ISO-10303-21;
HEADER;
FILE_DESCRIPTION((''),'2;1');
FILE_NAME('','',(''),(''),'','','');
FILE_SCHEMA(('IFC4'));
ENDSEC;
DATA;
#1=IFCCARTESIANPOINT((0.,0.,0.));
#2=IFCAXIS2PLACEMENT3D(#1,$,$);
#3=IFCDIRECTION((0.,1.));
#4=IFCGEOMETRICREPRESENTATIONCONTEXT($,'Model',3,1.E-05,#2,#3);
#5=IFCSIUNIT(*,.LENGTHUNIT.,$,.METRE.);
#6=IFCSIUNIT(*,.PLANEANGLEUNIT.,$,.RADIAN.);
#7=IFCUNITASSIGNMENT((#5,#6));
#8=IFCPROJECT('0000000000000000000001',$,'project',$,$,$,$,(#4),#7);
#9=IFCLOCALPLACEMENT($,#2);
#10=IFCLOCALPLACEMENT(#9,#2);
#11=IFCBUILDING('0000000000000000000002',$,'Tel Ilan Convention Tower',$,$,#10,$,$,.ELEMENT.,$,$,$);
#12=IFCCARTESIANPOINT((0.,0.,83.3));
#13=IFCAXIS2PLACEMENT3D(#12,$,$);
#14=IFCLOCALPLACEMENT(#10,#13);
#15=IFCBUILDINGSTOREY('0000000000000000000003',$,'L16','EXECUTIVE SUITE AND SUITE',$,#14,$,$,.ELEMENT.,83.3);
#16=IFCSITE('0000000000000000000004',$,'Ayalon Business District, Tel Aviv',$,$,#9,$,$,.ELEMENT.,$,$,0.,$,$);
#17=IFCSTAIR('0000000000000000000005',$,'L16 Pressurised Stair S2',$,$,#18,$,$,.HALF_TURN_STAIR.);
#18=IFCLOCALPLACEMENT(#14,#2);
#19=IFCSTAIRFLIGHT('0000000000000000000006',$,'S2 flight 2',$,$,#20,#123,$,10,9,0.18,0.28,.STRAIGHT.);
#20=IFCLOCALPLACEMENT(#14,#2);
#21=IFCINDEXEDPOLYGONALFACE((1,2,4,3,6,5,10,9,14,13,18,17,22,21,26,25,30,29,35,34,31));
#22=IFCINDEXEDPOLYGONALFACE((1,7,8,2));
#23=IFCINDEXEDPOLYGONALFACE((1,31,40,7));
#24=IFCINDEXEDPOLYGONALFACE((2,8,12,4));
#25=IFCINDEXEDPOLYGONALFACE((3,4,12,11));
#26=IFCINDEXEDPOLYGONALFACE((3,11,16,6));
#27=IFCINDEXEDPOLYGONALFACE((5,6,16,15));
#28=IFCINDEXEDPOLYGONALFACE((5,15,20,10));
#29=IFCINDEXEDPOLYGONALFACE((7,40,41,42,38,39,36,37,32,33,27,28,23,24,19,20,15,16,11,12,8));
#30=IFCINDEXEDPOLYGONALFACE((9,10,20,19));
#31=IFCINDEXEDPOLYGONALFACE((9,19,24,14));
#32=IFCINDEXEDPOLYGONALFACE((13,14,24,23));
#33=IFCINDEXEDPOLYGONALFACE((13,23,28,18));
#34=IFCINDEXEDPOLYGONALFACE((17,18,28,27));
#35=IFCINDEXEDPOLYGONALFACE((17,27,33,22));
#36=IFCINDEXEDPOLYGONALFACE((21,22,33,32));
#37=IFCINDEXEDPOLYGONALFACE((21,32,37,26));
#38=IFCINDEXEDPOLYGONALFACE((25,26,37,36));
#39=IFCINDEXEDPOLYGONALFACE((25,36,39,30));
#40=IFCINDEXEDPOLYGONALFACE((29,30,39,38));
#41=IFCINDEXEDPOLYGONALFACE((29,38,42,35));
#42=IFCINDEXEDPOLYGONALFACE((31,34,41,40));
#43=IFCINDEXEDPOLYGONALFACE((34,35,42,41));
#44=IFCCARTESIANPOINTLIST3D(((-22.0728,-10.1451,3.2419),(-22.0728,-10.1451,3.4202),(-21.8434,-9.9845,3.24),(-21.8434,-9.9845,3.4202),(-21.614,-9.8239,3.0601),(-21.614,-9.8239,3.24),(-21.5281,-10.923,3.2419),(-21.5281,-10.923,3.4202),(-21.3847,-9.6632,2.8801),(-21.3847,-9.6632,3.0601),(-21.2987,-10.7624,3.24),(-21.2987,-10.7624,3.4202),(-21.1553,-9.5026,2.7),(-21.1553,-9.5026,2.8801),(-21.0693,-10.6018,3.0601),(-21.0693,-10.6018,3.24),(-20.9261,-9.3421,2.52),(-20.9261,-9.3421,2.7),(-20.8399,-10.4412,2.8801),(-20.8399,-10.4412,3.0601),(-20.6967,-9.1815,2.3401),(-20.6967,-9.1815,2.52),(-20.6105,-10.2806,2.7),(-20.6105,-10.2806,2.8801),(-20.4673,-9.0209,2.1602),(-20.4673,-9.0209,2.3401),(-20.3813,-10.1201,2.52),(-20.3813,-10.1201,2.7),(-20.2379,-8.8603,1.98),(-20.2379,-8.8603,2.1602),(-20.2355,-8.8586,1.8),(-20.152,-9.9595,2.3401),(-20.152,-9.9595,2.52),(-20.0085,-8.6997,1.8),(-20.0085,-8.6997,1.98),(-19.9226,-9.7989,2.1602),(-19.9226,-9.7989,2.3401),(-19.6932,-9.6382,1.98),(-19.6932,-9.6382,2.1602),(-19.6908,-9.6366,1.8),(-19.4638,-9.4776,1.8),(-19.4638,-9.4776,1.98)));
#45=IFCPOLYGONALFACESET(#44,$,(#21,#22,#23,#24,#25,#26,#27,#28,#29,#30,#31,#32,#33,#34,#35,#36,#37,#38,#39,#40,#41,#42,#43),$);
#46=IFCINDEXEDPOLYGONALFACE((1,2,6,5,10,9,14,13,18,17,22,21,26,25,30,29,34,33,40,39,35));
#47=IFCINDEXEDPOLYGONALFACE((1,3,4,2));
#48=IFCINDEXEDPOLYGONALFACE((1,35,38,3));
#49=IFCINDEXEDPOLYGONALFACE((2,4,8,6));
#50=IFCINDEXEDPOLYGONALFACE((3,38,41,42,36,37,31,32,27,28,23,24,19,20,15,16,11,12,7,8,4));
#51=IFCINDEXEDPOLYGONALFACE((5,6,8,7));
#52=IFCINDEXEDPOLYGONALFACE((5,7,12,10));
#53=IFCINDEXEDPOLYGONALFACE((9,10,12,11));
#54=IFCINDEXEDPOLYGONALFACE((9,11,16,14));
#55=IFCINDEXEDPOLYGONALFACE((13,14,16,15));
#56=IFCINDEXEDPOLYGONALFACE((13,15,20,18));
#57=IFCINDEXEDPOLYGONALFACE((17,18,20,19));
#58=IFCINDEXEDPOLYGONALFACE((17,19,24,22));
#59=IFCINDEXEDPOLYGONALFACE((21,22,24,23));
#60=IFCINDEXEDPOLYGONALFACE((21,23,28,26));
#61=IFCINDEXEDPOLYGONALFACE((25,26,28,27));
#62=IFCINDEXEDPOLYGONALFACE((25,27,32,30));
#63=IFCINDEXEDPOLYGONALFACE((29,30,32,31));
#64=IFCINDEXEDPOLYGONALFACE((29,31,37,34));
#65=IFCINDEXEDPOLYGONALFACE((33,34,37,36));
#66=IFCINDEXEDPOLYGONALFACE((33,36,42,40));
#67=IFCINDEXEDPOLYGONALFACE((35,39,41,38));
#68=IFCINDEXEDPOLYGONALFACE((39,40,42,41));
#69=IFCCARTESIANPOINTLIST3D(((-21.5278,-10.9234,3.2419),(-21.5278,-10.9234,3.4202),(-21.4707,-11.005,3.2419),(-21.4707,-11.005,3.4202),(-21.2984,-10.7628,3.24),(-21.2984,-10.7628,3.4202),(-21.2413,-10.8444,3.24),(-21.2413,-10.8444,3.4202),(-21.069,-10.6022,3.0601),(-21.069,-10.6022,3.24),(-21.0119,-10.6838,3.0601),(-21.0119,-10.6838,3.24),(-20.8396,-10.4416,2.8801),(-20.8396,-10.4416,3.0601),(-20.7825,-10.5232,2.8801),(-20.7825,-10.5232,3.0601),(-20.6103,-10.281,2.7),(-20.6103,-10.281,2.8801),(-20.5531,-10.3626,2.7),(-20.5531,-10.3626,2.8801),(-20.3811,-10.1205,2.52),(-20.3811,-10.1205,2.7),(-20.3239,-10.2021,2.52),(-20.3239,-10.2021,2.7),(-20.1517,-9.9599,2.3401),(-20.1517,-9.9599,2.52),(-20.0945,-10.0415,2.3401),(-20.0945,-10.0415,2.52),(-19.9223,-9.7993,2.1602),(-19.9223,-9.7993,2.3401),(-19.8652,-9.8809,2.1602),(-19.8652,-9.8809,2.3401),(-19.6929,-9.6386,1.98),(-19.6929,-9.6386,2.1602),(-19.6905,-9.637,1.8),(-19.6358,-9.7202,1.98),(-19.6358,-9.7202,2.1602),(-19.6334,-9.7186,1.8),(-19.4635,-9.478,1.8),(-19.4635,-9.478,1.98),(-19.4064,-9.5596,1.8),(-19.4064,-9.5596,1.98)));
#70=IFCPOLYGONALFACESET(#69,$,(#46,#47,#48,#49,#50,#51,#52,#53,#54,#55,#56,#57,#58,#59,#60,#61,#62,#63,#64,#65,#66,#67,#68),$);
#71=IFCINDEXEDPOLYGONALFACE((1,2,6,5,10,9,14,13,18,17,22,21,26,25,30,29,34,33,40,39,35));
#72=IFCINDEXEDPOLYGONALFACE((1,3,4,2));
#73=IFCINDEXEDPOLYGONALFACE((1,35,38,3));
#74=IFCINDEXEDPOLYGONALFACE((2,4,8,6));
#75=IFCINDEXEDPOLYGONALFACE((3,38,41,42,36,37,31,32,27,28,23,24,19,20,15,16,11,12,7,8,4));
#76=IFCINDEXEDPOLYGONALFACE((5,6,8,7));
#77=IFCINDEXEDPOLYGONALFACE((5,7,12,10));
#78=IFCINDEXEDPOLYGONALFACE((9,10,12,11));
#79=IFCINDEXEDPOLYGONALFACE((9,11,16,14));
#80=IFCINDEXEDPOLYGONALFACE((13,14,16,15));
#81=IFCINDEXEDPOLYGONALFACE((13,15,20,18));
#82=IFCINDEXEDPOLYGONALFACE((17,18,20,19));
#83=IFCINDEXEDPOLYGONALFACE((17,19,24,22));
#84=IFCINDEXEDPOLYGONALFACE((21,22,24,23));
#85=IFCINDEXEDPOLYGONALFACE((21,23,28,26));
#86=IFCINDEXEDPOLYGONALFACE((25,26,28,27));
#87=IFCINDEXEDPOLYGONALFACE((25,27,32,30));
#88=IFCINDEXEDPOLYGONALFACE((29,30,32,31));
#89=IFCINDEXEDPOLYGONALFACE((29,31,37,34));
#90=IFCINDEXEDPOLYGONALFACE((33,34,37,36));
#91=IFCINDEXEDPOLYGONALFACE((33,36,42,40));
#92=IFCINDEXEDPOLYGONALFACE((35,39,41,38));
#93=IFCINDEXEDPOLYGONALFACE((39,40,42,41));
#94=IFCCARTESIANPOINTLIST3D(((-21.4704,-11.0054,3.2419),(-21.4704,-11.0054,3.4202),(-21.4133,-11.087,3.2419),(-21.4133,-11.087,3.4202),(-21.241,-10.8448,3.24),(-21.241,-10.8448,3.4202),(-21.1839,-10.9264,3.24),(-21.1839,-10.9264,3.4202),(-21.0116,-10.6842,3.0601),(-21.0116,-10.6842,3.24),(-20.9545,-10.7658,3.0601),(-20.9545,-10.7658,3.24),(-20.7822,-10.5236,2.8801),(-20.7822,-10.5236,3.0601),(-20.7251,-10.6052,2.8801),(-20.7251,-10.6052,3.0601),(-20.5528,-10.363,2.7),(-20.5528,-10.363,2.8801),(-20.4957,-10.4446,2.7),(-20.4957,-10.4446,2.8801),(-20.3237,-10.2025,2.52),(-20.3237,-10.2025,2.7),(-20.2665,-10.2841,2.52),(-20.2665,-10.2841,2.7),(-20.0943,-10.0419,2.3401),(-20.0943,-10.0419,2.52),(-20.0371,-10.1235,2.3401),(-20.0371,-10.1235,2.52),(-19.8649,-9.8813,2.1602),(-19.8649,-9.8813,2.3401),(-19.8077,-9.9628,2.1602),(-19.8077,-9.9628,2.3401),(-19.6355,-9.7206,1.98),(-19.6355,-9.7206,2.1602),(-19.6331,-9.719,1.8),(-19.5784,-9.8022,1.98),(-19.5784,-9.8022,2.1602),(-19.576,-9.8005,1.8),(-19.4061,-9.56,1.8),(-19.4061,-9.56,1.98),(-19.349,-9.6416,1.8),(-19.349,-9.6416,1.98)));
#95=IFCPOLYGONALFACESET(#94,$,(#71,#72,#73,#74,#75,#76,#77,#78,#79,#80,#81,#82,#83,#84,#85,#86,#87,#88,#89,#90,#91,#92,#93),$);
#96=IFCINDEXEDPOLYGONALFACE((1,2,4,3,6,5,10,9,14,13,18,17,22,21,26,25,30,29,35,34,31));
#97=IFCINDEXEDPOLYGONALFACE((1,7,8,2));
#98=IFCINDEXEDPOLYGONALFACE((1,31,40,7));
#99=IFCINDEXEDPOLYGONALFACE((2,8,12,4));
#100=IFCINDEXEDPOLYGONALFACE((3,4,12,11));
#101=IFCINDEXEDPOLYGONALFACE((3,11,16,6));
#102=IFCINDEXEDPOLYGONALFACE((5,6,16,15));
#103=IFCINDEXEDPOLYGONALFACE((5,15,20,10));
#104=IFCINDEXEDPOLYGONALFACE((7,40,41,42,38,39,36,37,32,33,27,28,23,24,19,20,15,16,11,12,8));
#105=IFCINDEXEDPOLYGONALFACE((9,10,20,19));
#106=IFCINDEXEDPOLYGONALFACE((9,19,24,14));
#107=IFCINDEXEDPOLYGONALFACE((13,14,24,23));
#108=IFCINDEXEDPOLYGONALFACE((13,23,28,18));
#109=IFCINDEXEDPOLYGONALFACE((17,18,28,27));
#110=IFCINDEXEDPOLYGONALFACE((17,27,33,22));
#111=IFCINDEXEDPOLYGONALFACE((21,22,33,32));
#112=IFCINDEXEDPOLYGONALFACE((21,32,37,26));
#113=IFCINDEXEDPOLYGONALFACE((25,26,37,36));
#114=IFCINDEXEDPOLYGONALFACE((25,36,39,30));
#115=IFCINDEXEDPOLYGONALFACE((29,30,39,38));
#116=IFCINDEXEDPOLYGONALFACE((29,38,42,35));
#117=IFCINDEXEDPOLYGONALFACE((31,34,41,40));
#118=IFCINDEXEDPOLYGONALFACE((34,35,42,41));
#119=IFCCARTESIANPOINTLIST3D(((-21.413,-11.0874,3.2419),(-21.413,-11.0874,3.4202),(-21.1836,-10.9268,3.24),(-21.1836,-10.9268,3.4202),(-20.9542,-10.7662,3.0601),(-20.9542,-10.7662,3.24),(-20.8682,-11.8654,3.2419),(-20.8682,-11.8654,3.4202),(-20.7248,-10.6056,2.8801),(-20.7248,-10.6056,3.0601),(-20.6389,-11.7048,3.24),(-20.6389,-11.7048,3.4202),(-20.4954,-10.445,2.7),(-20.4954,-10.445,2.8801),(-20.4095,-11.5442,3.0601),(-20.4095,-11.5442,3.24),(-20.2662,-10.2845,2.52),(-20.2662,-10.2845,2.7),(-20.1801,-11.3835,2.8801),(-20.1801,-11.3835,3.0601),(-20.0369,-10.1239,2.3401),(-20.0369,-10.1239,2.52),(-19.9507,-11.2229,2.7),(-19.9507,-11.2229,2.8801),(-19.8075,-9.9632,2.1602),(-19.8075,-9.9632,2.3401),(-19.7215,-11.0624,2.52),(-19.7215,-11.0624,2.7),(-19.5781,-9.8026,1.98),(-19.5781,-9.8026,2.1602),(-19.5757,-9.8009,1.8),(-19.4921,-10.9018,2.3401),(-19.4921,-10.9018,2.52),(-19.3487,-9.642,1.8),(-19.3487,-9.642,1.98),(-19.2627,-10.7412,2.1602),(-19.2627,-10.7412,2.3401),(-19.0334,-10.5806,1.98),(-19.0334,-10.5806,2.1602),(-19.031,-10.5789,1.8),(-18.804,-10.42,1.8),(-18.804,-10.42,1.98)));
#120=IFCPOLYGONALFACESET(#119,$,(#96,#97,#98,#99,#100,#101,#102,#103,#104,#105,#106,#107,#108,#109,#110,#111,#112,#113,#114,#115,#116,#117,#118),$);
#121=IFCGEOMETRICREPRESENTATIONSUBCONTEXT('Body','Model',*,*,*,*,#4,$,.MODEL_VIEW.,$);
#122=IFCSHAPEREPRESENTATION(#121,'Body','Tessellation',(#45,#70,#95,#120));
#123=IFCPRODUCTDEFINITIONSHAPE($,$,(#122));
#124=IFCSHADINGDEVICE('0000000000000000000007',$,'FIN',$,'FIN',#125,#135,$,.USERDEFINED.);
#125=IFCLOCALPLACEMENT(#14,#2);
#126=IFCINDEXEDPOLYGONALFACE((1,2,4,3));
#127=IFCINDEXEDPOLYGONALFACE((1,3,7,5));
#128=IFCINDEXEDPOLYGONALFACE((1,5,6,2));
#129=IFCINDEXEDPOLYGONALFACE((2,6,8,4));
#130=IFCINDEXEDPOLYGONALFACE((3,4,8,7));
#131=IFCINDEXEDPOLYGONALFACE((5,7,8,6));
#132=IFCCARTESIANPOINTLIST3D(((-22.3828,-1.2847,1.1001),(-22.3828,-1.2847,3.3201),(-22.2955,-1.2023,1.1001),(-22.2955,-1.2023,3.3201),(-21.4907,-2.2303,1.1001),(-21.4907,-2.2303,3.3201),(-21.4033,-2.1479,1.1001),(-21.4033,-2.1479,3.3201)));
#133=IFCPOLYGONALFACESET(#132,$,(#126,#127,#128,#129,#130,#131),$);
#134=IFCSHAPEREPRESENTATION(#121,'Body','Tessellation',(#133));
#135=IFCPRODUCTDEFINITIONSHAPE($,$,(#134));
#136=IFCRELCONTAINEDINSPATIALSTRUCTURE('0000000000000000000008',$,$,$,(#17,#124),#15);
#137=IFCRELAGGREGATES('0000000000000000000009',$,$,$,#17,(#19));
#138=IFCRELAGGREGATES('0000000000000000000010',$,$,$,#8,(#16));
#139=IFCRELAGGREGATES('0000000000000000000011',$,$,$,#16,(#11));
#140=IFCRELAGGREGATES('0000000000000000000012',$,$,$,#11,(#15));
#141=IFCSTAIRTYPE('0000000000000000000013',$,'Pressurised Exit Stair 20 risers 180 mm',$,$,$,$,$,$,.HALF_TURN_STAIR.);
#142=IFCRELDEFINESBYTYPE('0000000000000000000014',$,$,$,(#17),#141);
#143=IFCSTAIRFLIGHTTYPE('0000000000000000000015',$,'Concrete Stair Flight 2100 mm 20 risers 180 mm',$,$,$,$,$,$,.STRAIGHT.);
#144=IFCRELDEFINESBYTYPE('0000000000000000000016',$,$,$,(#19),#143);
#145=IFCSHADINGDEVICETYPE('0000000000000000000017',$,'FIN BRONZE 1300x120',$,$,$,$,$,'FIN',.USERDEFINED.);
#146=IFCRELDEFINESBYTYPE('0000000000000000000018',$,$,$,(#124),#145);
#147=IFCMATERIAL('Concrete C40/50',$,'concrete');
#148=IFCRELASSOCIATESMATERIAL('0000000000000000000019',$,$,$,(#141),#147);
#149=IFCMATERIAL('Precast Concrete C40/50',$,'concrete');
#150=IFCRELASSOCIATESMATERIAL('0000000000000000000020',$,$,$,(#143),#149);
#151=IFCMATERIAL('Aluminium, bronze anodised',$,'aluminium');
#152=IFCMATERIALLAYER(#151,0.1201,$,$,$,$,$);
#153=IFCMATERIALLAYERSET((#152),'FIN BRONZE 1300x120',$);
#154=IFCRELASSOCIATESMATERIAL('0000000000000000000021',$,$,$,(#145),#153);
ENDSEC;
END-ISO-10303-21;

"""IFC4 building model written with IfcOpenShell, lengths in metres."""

from ifc_helpers import new_model, si_unit, direction, frame, origin, origin_2d, place, context, subcontext, project, spatial, polyline, rectangle, outline, extrude, material, layer, layer_set, type_object, element, aggregate, save


model = new_model("IFC4")

# Units and contexts
model_context = context("Model", 3, precision=1e-05, world=origin(), true_north=direction((0.0, 1.0)))
body_context = subcontext(model_context, "Body", "Model", "MODEL_VIEW")
ifc_project = project(units=[si_unit("LENGTHUNIT", "METRE"), si_unit("PLANEANGLEUNIT", "RADIAN")], contexts=[model_context])

# Site, building, storey
site_placement = place(None, origin())
site = spatial("IfcSite", under=ifc_project, at=site_placement, Name="Ayalon Business District, Tel Aviv", CompositionType="ELEMENT", RefElevation=0.0)
building_placement = place(site_placement, origin())
building = spatial("IfcBuilding", under=site, at=building_placement, Name="Tel Ilan Convention Tower", CompositionType="ELEMENT")
storey_placement = place(building_placement, frame((0.0, 0.0, 83.3)))
storey = spatial("IfcBuildingStorey", under=building, at=storey_placement, Name="L16", Description="EXECUTIVE SUITE AND SUITE", CompositionType="ELEMENT", Elevation=83.3)

# Stair, stair flight
ifc_material_1 = material(Name="Concrete C40/50", Category="concrete")
stair_type = type_object("IfcStairType", Name="Pressurised Exit Stair 20 risers 180 mm", PredefinedType="HALF_TURN_STAIR", material=ifc_material_1)
ifc_material_2 = material(Name="Precast Concrete C40/50", Category="concrete")
stair_flight_type = type_object("IfcStairFlightType", Name="Concrete Stair Flight 2100 mm 20 risers 180 mm", PredefinedType="STRAIGHT", material=ifc_material_2)
stair_1_placement = place(storey_placement, origin())
stair_1 = element("IfcStair", 1, at=stair_1_placement, inside=storey, type_object=stair_type, Name="L16 Pressurised Stair S2", PredefinedType="HALF_TURN_STAIR")
stair_flight_1_placement = place(storey_placement, frame((-19.4062, -9.5598, 1.8), z_axis=(0.0, 0.0, 1.0), x_axis=(-0.819152, -0.573576, 0.0)))
stair_flight_1 = element("IfcStairFlight", 2, at=stair_flight_1_placement, type_object=stair_flight_type, Name="S2 flight 2", NumberOfRisers=10, NumberOfTreads=9, PredefinedType="STRAIGHT", RiserHeight=0.18, TreadLength=0.28, context=body_context, shape_type="SweptSolid", body=[
    extrude(outline(polyline([(0.0, 0.0), (0.0, 0.1799), (0.28, 0.1799), (0.28, 0.3601), (0.5601, 0.3601), (0.5601, 0.54), (0.8401, 0.54), (0.8401, 0.72), (1.1201, 0.72), (1.1201, 0.8999), (1.3999, 0.8999), (1.3999, 1.0801), (1.6799, 1.0801), (1.6799, 1.26), (1.96, 1.26), (1.96, 1.4399), (2.24, 1.4399), (2.24, 1.6201), (2.52, 1.6201), (2.52, 1.8), (2.52, 1.4419), (0.2771, 0.0), (0.0, 0.0)])), frame((0.0, -0.1003, 0.0), z_axis=(0.0, -1.0, 0.0), x_axis=(1.0, 0.0, 0.0)), (0.0, 0.0, 1.0), 0.9497),
    extrude(outline(polyline([(0.0, 0.0), (0.0, 0.1799), (0.28, 0.1799), (0.28, 0.3601), (0.5601, 0.3601), (0.5601, 0.54), (0.8401, 0.54), (0.8401, 0.72), (1.1201, 0.72), (1.1201, 0.8999), (1.3999, 0.8999), (1.3999, 1.0801), (1.6799, 1.0801), (1.6799, 1.26), (1.96, 1.26), (1.96, 1.4399), (2.24, 1.4399), (2.24, 1.6201), (2.52, 1.6201), (2.52, 1.8), (2.52, 1.4419), (0.2771, 0.0), (0.0, 0.0)])), frame((0.0, -0.0002, 0.0), z_axis=(0.0, -1.0, 0.0), x_axis=(1.0, 0.0, 0.0)), (0.0, 0.0, 1.0), 0.0996),
    extrude(outline(polyline([(0.0, 0.0), (0.0, 0.1799), (0.28, 0.1799), (0.28, 0.3601), (0.5601, 0.3601), (0.5601, 0.54), (0.8401, 0.54), (0.8401, 0.72), (1.1201, 0.72), (1.1201, 0.8999), (1.3999, 0.8999), (1.3999, 1.0801), (1.6799, 1.0801), (1.6799, 1.26), (1.96, 1.26), (1.96, 1.4399), (2.24, 1.4399), (2.24, 1.6201), (2.52, 1.6201), (2.52, 1.8), (2.52, 1.4419), (0.2771, 0.0), (0.0, 0.0)])), frame((0.0, 0.0999, 0.0), z_axis=(0.0, -1.0, 0.0), x_axis=(1.0, 0.0, 0.0)), (0.0, 0.0, 1.0), 0.0996),
    extrude(outline(polyline([(0.0, 0.0), (0.0, 0.1799), (0.28, 0.1799), (0.28, 0.3601), (0.5601, 0.3601), (0.5601, 0.54), (0.8401, 0.54), (0.8401, 0.72), (1.1201, 0.72), (1.1201, 0.8999), (1.3999, 0.8999), (1.3999, 1.0801), (1.6799, 1.0801), (1.6799, 1.26), (1.96, 1.26), (1.96, 1.4399), (2.24, 1.4399), (2.24, 1.6201), (2.52, 1.6201), (2.52, 1.8), (2.52, 1.4419), (0.2771, 0.0), (0.0, 0.0)])), frame((0.0, 1.05, 0.0), z_axis=(0.0, -1.0, 0.0), x_axis=(1.0, 0.0, 0.0)), (0.0, 0.0, 1.0), 0.9497),
])
aggregate(stair_1, [stair_flight_1])

# Shading device
ifc_material_3 = material(Name="Aluminium, bronze anodised", Category="aluminium")
ifc_layer_1 = layer(ifc_material_3, 0.1201)
ifc_layer_set_1 = layer_set([ifc_layer_1], Name="FIN BRONZE 1300x120")
shading_device_type = type_object("IfcShadingDeviceType", Name="FIN BRONZE 1300x120", ElementType="FIN", PredefinedType="USERDEFINED", material=ifc_layer_set_1)
shading_device_placement = place(storey_placement, frame((-21.8931, -1.7163, 1.1001), z_axis=(0.0, 0.0, 1.0), x_axis=(-0.686242, 0.727374, 0.0)))
element("IfcShadingDevice", 3, at=shading_device_placement, inside=storey, type_object=shading_device_type, Name="FIN", ObjectType="FIN", PredefinedType="USERDEFINED", context=body_context, shape_type="SweptSolid", body=[
    extrude(rectangle(XDim=1.3, YDim=0.1201, at=origin_2d()), origin(), (0.0, 0.0, 1.0), 2.22),
])

save(model, "model.ifc")
